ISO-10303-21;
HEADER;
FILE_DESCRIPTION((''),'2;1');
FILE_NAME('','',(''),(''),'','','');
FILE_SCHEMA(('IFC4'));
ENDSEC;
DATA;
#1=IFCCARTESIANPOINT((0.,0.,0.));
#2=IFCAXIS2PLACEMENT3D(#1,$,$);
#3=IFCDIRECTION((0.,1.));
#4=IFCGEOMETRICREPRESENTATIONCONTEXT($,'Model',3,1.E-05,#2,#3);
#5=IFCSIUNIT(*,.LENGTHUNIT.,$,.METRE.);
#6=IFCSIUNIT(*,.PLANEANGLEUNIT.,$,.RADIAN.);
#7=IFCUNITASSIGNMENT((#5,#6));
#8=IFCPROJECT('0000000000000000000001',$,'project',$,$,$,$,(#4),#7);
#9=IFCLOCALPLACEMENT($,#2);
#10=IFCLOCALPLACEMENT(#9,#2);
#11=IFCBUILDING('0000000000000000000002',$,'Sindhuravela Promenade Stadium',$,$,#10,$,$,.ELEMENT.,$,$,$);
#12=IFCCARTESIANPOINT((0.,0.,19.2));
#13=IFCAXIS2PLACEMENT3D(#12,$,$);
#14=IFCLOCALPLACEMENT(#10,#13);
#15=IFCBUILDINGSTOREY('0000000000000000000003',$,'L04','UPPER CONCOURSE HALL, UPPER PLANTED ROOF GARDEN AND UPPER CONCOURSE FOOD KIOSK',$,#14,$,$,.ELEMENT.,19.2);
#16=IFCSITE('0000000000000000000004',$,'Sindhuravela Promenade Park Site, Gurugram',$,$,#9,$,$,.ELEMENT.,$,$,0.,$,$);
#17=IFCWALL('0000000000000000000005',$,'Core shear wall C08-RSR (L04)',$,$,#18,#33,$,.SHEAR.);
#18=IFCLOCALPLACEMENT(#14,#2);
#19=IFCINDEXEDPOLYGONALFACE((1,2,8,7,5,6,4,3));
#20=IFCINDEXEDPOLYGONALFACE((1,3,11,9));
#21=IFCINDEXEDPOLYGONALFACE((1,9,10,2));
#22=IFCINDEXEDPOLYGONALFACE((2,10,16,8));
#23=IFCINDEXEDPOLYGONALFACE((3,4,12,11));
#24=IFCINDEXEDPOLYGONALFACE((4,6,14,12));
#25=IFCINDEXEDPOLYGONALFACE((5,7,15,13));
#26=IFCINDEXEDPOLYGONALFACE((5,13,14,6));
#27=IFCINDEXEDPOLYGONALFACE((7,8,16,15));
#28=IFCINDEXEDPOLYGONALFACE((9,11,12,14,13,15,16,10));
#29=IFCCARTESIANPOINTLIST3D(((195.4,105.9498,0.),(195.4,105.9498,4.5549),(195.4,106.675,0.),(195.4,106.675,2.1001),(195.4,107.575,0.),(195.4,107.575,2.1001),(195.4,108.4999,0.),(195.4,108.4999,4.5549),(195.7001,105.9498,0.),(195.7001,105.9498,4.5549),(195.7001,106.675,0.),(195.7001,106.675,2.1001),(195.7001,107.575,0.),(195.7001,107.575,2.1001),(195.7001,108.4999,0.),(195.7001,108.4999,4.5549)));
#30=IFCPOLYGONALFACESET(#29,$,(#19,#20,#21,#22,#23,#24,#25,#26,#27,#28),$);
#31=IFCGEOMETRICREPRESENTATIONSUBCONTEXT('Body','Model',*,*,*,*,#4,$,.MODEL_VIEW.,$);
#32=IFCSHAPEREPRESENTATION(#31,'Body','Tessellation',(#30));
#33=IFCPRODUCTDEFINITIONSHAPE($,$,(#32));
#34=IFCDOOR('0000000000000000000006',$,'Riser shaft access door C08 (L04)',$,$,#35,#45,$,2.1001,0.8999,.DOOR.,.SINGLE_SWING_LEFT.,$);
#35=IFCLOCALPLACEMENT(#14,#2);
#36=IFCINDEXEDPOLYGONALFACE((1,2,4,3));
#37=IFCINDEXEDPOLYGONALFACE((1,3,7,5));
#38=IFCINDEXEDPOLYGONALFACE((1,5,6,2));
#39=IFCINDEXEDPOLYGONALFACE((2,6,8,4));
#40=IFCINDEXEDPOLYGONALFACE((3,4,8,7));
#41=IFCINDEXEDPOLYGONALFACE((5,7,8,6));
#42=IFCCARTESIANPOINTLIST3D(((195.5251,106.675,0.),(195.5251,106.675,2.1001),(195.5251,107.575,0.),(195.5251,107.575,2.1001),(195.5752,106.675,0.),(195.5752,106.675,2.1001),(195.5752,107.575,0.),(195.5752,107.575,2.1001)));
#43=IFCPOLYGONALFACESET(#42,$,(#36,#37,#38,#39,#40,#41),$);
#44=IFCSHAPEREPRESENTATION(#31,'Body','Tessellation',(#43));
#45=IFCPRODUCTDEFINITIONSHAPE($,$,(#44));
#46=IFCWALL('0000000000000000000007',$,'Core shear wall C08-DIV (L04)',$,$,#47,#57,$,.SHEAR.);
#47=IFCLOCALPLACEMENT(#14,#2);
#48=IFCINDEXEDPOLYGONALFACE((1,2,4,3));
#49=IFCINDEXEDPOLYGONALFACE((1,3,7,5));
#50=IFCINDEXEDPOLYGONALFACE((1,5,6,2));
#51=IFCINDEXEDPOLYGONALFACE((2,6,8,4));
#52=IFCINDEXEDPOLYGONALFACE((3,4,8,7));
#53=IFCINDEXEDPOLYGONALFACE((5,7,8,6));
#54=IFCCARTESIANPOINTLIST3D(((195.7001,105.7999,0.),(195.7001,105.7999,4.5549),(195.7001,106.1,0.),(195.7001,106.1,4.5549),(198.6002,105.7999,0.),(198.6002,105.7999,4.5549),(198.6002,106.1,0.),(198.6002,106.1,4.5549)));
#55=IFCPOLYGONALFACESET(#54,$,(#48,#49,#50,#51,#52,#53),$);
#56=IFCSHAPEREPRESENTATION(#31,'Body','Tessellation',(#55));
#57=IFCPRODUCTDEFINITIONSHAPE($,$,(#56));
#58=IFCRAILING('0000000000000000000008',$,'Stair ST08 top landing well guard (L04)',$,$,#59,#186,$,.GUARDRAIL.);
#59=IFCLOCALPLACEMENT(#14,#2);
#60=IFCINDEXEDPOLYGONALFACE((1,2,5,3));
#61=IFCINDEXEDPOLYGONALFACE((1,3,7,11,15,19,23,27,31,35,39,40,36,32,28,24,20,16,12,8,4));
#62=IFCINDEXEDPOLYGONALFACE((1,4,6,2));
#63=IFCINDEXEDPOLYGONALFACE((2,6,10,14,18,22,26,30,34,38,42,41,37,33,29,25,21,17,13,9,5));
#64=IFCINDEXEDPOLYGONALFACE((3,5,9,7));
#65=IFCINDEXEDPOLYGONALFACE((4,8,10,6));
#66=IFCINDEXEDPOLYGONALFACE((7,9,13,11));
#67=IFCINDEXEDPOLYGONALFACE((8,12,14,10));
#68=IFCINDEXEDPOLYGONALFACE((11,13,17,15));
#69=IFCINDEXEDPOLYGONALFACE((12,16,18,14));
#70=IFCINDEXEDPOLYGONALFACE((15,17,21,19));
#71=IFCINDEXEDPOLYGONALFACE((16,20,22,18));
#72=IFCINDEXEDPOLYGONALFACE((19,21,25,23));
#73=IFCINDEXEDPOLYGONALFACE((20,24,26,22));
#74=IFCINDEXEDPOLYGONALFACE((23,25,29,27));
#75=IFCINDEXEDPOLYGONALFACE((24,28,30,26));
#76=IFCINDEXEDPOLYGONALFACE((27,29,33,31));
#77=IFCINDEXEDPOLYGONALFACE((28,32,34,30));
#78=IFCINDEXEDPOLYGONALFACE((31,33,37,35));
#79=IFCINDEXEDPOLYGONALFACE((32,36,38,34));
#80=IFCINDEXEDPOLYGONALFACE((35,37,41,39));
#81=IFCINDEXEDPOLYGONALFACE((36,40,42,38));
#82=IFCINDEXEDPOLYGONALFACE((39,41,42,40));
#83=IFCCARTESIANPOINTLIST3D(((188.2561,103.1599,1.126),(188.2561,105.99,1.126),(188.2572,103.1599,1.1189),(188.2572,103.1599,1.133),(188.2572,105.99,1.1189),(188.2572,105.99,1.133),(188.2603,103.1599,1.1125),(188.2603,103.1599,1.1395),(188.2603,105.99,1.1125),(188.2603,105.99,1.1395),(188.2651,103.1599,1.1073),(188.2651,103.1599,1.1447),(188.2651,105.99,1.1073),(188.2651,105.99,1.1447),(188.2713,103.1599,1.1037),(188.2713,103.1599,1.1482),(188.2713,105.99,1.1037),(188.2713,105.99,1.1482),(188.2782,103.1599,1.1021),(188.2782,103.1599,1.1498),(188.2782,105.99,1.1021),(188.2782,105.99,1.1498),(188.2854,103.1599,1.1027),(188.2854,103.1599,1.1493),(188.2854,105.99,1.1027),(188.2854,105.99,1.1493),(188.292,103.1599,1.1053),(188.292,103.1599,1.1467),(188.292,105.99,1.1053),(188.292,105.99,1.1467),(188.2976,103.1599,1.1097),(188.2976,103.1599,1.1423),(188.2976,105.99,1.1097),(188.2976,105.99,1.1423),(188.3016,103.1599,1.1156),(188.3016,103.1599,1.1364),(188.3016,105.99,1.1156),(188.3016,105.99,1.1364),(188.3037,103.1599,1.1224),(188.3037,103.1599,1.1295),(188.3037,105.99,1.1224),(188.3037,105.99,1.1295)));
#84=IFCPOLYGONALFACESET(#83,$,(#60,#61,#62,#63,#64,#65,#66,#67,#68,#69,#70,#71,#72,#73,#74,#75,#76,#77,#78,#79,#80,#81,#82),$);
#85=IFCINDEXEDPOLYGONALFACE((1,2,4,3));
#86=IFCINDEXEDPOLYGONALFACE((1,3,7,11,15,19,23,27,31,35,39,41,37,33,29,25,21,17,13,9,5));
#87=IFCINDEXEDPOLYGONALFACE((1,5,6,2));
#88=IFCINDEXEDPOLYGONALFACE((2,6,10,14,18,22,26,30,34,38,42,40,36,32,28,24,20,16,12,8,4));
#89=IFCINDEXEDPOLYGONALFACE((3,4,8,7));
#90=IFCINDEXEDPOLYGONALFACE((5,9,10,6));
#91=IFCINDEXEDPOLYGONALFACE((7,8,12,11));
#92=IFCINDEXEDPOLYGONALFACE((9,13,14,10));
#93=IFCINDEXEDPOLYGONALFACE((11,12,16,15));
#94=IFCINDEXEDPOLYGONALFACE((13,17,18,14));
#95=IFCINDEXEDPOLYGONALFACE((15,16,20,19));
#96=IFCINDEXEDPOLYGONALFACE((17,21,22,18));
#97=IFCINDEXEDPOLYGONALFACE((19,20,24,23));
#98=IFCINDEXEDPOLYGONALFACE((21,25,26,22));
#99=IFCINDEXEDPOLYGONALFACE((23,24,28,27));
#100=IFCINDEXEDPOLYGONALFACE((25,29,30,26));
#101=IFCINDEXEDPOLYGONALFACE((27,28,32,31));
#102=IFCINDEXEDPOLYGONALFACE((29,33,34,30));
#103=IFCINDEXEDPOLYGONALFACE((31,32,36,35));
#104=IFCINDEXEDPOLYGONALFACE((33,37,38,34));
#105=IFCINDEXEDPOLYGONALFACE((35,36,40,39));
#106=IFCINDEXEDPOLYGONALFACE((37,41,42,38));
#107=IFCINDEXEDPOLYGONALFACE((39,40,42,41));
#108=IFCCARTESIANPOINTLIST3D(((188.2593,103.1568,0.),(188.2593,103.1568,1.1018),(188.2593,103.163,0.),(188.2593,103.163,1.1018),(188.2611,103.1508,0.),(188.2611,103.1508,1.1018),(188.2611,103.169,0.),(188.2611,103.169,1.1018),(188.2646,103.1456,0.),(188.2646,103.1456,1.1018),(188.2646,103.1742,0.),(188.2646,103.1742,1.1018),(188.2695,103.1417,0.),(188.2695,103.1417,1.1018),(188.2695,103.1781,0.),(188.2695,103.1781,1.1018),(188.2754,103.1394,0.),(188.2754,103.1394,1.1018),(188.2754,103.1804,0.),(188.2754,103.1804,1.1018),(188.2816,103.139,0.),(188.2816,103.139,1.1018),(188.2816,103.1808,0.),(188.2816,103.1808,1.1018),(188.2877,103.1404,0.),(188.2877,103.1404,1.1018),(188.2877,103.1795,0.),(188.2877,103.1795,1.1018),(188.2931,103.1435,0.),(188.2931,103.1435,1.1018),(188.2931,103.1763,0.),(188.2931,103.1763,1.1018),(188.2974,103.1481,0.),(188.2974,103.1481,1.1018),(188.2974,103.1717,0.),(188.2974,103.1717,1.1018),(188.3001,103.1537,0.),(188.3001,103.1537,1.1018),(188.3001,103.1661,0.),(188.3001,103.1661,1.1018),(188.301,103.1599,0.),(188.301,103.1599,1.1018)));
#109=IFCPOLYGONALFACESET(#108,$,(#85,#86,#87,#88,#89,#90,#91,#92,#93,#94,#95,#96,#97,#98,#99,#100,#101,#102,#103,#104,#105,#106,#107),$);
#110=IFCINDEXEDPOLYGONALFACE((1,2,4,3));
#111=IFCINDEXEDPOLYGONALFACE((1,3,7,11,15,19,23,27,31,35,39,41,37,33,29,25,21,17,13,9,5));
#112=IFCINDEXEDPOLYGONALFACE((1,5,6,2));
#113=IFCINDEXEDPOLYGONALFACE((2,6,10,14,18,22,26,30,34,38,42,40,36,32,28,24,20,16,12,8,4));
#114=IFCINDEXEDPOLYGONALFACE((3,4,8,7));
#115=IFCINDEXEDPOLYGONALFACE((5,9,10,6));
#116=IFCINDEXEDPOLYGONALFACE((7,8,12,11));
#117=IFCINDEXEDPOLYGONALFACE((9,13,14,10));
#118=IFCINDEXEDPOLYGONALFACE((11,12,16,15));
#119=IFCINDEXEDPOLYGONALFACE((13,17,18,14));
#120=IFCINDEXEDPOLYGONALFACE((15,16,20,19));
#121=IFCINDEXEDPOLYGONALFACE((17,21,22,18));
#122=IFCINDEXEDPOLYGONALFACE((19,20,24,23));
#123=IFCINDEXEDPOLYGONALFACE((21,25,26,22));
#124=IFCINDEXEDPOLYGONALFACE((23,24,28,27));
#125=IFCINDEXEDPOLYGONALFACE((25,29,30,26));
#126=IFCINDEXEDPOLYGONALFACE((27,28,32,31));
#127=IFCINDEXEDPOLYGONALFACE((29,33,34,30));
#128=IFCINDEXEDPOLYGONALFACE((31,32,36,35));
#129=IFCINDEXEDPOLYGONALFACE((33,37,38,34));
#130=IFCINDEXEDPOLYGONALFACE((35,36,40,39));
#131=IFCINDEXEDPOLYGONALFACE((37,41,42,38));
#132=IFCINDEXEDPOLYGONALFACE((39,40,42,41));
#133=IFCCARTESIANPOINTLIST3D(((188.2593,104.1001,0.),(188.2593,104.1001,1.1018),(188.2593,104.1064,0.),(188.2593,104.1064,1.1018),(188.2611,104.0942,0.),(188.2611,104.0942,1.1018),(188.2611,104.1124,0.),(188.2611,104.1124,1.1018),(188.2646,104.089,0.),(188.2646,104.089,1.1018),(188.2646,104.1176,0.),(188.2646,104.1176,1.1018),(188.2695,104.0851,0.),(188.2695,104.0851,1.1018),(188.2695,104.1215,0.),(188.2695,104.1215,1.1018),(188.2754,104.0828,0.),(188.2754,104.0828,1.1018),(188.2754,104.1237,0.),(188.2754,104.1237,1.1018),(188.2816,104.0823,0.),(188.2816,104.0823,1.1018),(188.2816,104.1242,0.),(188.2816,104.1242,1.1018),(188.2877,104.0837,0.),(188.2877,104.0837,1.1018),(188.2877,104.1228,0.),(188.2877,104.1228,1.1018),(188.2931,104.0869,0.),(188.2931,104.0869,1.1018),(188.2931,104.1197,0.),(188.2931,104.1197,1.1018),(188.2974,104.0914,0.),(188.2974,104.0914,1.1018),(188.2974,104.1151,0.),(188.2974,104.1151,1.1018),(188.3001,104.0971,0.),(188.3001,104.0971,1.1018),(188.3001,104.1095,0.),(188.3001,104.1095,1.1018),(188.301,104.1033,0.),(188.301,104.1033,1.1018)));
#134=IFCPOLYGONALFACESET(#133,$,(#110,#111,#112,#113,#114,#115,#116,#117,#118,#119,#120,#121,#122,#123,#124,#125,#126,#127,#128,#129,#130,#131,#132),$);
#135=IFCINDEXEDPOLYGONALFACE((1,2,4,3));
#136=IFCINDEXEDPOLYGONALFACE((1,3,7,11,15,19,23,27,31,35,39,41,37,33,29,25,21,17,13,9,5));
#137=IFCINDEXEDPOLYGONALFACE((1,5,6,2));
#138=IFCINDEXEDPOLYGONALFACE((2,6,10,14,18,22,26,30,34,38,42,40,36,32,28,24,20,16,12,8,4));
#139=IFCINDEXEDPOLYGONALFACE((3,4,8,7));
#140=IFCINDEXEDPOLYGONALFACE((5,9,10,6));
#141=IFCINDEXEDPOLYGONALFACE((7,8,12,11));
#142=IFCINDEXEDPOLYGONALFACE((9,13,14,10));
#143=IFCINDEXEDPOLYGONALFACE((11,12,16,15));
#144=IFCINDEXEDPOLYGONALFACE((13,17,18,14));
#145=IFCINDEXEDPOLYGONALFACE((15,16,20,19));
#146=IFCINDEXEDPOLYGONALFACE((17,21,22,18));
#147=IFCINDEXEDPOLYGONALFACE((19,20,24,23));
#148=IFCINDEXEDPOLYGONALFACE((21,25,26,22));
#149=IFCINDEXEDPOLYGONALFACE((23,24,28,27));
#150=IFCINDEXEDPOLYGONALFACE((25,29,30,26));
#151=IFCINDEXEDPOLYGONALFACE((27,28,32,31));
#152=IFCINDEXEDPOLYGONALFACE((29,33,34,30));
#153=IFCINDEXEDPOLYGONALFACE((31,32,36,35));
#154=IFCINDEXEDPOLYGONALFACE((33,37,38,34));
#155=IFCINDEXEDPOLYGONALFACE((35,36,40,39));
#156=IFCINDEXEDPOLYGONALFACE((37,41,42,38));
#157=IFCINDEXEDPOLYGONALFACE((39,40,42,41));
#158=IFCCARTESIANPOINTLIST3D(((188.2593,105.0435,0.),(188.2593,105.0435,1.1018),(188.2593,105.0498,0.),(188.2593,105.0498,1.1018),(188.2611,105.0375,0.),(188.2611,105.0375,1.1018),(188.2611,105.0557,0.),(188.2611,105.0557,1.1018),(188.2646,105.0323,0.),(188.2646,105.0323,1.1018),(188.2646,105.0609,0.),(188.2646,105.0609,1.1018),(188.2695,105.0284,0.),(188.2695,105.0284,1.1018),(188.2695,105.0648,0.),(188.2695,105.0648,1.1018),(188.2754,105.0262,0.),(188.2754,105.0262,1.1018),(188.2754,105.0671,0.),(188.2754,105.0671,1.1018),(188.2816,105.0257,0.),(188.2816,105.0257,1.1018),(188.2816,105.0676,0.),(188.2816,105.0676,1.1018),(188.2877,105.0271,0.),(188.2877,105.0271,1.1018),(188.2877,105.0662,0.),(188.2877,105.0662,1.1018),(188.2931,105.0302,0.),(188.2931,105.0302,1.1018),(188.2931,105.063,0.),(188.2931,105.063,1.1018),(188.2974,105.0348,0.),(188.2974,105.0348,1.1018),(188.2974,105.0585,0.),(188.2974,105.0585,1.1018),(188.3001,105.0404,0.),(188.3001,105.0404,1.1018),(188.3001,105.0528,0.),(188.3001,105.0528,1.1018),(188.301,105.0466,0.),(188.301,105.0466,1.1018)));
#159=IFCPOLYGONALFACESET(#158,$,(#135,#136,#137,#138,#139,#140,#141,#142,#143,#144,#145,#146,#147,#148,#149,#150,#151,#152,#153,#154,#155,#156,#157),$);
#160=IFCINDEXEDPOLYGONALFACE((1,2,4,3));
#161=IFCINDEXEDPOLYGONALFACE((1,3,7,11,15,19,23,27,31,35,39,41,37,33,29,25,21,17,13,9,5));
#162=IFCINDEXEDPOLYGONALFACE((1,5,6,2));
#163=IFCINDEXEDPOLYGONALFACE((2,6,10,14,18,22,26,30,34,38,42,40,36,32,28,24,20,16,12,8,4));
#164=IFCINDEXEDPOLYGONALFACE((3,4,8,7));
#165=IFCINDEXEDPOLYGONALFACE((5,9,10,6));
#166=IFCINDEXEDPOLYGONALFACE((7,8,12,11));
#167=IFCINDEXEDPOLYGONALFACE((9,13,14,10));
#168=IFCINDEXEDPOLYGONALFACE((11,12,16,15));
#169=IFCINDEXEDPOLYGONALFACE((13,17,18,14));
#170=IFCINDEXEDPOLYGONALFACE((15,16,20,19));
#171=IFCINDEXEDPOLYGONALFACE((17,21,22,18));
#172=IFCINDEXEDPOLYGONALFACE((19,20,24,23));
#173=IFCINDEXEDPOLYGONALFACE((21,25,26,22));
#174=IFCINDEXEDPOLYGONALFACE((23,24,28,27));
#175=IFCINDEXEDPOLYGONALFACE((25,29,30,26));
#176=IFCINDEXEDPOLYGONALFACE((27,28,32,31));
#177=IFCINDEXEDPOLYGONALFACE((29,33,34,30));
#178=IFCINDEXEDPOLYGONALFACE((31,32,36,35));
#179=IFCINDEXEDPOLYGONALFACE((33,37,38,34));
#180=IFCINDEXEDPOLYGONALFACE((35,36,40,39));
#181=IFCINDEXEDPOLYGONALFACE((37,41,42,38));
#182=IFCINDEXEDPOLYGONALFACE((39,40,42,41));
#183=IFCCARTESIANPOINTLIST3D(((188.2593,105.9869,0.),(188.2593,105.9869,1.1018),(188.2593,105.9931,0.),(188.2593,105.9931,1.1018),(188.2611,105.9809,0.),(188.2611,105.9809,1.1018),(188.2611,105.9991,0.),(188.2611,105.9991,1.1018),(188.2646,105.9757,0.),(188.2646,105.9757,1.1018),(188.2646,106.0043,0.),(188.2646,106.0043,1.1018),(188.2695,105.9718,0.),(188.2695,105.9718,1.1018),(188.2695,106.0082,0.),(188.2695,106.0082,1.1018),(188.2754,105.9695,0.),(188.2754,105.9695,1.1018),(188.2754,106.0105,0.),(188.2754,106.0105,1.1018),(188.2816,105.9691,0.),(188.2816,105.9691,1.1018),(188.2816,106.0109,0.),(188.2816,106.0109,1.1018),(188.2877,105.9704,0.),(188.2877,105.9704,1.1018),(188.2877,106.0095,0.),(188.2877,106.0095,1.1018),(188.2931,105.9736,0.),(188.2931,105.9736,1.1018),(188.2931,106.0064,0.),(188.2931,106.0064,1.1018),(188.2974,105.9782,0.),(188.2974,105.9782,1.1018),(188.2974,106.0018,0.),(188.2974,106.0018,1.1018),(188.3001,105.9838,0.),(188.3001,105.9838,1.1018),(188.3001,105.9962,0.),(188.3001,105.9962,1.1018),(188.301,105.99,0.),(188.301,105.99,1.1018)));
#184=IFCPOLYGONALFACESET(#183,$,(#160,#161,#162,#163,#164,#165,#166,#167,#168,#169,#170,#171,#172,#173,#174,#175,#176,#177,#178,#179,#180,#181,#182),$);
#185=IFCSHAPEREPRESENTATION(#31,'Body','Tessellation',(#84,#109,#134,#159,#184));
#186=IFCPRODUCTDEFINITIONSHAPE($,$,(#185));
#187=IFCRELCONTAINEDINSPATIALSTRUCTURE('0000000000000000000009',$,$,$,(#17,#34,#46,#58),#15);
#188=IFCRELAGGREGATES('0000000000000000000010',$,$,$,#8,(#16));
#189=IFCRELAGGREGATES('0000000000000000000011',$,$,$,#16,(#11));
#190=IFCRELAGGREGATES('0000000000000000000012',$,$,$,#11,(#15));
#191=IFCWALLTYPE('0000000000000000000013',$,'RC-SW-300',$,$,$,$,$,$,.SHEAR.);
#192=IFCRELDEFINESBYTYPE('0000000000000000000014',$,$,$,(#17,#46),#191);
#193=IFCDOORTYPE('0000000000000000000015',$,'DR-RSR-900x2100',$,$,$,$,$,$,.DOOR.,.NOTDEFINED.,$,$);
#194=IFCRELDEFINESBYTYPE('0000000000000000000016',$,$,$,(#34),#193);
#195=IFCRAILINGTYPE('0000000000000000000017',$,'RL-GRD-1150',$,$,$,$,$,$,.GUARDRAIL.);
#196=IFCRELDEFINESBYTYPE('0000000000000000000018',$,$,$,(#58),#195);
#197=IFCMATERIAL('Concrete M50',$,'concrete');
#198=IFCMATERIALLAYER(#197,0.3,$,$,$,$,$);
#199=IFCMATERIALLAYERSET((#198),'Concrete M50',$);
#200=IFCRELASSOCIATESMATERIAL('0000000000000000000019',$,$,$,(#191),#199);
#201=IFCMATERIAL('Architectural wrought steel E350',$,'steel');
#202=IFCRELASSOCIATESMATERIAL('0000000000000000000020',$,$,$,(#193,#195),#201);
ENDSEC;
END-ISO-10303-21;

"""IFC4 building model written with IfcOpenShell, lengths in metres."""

from ifc_helpers import new_model, si_unit, direction, frame, frame_2d, origin, origin_2d, place, context, subcontext, project, spatial, rectangle, circle, extrude, material, layer, layer_set, type_object, element, fill, save


model = new_model("IFC4")

# Units and contexts
model_context = context("Model", 3, precision=1e-05, world=origin(), true_north=direction((0.0, 1.0)))
body_context = subcontext(model_context, "Body", "Model", "MODEL_VIEW")
ifc_project = project(units=[si_unit("LENGTHUNIT", "METRE"), si_unit("PLANEANGLEUNIT", "RADIAN")], contexts=[model_context])

# Site, building, storey
site_placement = place(None, origin())
site = spatial("IfcSite", under=ifc_project, at=site_placement, Name="Sindhuravela Promenade Park Site, Gurugram", CompositionType="ELEMENT", RefElevation=0.0)
building_placement = place(site_placement, origin())
building = spatial("IfcBuilding", under=site, at=building_placement, Name="Sindhuravela Promenade Stadium", CompositionType="ELEMENT")
storey_placement = place(building_placement, frame((0.0, 0.0, 19.2)))
storey = spatial("IfcBuildingStorey", under=building, at=storey_placement, Name="L04", Description="UPPER CONCOURSE HALL, UPPER PLANTED ROOF GARDEN AND UPPER CONCOURSE FOOD KIOSK", CompositionType="ELEMENT", Elevation=19.2)

# Shared definitions
ifc_material_1 = material(Name="Concrete M50", Category="concrete")

# Shared definitions
ifc_layer_1 = layer(ifc_material_1, 0.3)
ifc_layer_set_1 = layer_set([ifc_layer_1], Name="Concrete M50")
wall_type_1 = type_object("IfcWallType", Name="RC-SW-300", PredefinedType="SHEAR", material=ifc_layer_set_1)
ifc_material_2 = material(Name="Architectural wrought steel E350", Category="steel")

# Wall, opening, door
wall_1_placement = place(storey_placement, frame((195.55, 105.95, 0.0), z_axis=(0.0, 0.0, 1.0), x_axis=(0.0, 1.0, 0.0)))
wall_1 = element("IfcWall", 1, at=wall_1_placement, inside=storey, type_object=wall_type_1, Name="Core shear wall C08-RSR (L04)", PredefinedType="SHEAR", context=body_context, shape_type="SweptSolid", body=[
    extrude(rectangle(XDim=2.55, YDim=0.3, at=frame_2d((1.2749, 0.0))), origin(), (0.0, 0.0, 1.0), 4.5549),
])
opening_1_placement = place(wall_1_placement, frame((0.7251, 0.0, 0.0)))
opening_1 = element("IfcOpeningElement", 2, at=opening_1_placement, cuts=wall_1, PredefinedType="OPENING", context=body_context, shape_type="SweptSolid", body=[
    extrude(rectangle(XDim=0.8999, YDim=2.1001, at=frame_2d((0.45, 1.05))), frame((0.0, 0.1599, 0.0), z_axis=(0.0, -1.0, 0.0), x_axis=(1.0, 0.0, 0.0)), (0.0, 0.0, 1.0), 0.3201),
])
door_type_1 = type_object("IfcDoorType", Name="DR-RSR-900x2100", OperationType="NOTDEFINED", PredefinedType="DOOR", material=ifc_material_2)
door_1_placement = place(opening_1_placement, origin())
door_1 = element("IfcDoor", 3, at=door_1_placement, inside=storey, type_object=door_type_1, Name="Riser shaft access door C08 (L04)", OperationType="SINGLE_SWING_LEFT", OverallHeight=2.1001, OverallWidth=0.8999, PredefinedType="DOOR", context=body_context, shape_type="SweptSolid", body=[
    extrude(rectangle(XDim=0.8999, YDim=2.1001, at=frame_2d((0.45, 1.05))), frame((0.0, 0.0249, 0.0), z_axis=(0.0, -1.0, 0.0), x_axis=(1.0, 0.0, 0.0)), (0.0, 0.0, 1.0), 0.05),
])
fill(opening_1, door_1)

# Wall
wall_2_placement = place(storey_placement, frame((195.7, 105.95, 0.0), z_axis=(0.0, 0.0, 1.0), x_axis=(1.0, 0.0, 0.0)))
element("IfcWall", 4, at=wall_2_placement, inside=storey, type_object=wall_type_1, Name="Core shear wall C08-DIV (L04)", PredefinedType="SHEAR", context=body_context, shape_type="SweptSolid", body=[
    extrude(rectangle(XDim=2.9001, YDim=0.3, at=frame_2d((1.4502, 0.0))), origin(), (0.0, 0.0, 1.0), 4.5549),
])

# Railing
railing_type = type_object("IfcRailingType", Name="RL-GRD-1150", PredefinedType="GUARDRAIL", material=ifc_material_2)
railing_placement = place(storey_placement, frame((188.28, 103.1599, 0.0)))
element("IfcRailing", 5, at=railing_placement, inside=storey, type_object=railing_type, Name="Stair ST08 top landing well guard (L04)", PredefinedType="GUARDRAIL", context=body_context, shape_type="SweptSolid", body=[
    extrude(circle(Radius=0.0239, at=origin_2d()), frame((0.0, 0.0, 1.126), z_axis=(0.0, 1.0, 0.0), x_axis=(-1.0, 0.0, 0.0)), (0.0, 0.0, 1.0), 2.8301),
    extrude(circle(Radius=0.021, at=origin_2d()), origin(), (0.0, 0.0, 1.0), 1.1018),
    extrude(circle(Radius=0.021, at=origin_2d()), frame((0.0, 0.9434, 0.0)), (0.0, 0.0, 1.0), 1.1018),
    extrude(circle(Radius=0.021, at=origin_2d()), frame((0.0, 1.8867, 0.0)), (0.0, 0.0, 1.0), 1.1018),
    extrude(circle(Radius=0.021, at=origin_2d()), frame((0.0, 2.8301, 0.0)), (0.0, 0.0, 1.0), 1.1018),
])

save(model, "model.ifc")
